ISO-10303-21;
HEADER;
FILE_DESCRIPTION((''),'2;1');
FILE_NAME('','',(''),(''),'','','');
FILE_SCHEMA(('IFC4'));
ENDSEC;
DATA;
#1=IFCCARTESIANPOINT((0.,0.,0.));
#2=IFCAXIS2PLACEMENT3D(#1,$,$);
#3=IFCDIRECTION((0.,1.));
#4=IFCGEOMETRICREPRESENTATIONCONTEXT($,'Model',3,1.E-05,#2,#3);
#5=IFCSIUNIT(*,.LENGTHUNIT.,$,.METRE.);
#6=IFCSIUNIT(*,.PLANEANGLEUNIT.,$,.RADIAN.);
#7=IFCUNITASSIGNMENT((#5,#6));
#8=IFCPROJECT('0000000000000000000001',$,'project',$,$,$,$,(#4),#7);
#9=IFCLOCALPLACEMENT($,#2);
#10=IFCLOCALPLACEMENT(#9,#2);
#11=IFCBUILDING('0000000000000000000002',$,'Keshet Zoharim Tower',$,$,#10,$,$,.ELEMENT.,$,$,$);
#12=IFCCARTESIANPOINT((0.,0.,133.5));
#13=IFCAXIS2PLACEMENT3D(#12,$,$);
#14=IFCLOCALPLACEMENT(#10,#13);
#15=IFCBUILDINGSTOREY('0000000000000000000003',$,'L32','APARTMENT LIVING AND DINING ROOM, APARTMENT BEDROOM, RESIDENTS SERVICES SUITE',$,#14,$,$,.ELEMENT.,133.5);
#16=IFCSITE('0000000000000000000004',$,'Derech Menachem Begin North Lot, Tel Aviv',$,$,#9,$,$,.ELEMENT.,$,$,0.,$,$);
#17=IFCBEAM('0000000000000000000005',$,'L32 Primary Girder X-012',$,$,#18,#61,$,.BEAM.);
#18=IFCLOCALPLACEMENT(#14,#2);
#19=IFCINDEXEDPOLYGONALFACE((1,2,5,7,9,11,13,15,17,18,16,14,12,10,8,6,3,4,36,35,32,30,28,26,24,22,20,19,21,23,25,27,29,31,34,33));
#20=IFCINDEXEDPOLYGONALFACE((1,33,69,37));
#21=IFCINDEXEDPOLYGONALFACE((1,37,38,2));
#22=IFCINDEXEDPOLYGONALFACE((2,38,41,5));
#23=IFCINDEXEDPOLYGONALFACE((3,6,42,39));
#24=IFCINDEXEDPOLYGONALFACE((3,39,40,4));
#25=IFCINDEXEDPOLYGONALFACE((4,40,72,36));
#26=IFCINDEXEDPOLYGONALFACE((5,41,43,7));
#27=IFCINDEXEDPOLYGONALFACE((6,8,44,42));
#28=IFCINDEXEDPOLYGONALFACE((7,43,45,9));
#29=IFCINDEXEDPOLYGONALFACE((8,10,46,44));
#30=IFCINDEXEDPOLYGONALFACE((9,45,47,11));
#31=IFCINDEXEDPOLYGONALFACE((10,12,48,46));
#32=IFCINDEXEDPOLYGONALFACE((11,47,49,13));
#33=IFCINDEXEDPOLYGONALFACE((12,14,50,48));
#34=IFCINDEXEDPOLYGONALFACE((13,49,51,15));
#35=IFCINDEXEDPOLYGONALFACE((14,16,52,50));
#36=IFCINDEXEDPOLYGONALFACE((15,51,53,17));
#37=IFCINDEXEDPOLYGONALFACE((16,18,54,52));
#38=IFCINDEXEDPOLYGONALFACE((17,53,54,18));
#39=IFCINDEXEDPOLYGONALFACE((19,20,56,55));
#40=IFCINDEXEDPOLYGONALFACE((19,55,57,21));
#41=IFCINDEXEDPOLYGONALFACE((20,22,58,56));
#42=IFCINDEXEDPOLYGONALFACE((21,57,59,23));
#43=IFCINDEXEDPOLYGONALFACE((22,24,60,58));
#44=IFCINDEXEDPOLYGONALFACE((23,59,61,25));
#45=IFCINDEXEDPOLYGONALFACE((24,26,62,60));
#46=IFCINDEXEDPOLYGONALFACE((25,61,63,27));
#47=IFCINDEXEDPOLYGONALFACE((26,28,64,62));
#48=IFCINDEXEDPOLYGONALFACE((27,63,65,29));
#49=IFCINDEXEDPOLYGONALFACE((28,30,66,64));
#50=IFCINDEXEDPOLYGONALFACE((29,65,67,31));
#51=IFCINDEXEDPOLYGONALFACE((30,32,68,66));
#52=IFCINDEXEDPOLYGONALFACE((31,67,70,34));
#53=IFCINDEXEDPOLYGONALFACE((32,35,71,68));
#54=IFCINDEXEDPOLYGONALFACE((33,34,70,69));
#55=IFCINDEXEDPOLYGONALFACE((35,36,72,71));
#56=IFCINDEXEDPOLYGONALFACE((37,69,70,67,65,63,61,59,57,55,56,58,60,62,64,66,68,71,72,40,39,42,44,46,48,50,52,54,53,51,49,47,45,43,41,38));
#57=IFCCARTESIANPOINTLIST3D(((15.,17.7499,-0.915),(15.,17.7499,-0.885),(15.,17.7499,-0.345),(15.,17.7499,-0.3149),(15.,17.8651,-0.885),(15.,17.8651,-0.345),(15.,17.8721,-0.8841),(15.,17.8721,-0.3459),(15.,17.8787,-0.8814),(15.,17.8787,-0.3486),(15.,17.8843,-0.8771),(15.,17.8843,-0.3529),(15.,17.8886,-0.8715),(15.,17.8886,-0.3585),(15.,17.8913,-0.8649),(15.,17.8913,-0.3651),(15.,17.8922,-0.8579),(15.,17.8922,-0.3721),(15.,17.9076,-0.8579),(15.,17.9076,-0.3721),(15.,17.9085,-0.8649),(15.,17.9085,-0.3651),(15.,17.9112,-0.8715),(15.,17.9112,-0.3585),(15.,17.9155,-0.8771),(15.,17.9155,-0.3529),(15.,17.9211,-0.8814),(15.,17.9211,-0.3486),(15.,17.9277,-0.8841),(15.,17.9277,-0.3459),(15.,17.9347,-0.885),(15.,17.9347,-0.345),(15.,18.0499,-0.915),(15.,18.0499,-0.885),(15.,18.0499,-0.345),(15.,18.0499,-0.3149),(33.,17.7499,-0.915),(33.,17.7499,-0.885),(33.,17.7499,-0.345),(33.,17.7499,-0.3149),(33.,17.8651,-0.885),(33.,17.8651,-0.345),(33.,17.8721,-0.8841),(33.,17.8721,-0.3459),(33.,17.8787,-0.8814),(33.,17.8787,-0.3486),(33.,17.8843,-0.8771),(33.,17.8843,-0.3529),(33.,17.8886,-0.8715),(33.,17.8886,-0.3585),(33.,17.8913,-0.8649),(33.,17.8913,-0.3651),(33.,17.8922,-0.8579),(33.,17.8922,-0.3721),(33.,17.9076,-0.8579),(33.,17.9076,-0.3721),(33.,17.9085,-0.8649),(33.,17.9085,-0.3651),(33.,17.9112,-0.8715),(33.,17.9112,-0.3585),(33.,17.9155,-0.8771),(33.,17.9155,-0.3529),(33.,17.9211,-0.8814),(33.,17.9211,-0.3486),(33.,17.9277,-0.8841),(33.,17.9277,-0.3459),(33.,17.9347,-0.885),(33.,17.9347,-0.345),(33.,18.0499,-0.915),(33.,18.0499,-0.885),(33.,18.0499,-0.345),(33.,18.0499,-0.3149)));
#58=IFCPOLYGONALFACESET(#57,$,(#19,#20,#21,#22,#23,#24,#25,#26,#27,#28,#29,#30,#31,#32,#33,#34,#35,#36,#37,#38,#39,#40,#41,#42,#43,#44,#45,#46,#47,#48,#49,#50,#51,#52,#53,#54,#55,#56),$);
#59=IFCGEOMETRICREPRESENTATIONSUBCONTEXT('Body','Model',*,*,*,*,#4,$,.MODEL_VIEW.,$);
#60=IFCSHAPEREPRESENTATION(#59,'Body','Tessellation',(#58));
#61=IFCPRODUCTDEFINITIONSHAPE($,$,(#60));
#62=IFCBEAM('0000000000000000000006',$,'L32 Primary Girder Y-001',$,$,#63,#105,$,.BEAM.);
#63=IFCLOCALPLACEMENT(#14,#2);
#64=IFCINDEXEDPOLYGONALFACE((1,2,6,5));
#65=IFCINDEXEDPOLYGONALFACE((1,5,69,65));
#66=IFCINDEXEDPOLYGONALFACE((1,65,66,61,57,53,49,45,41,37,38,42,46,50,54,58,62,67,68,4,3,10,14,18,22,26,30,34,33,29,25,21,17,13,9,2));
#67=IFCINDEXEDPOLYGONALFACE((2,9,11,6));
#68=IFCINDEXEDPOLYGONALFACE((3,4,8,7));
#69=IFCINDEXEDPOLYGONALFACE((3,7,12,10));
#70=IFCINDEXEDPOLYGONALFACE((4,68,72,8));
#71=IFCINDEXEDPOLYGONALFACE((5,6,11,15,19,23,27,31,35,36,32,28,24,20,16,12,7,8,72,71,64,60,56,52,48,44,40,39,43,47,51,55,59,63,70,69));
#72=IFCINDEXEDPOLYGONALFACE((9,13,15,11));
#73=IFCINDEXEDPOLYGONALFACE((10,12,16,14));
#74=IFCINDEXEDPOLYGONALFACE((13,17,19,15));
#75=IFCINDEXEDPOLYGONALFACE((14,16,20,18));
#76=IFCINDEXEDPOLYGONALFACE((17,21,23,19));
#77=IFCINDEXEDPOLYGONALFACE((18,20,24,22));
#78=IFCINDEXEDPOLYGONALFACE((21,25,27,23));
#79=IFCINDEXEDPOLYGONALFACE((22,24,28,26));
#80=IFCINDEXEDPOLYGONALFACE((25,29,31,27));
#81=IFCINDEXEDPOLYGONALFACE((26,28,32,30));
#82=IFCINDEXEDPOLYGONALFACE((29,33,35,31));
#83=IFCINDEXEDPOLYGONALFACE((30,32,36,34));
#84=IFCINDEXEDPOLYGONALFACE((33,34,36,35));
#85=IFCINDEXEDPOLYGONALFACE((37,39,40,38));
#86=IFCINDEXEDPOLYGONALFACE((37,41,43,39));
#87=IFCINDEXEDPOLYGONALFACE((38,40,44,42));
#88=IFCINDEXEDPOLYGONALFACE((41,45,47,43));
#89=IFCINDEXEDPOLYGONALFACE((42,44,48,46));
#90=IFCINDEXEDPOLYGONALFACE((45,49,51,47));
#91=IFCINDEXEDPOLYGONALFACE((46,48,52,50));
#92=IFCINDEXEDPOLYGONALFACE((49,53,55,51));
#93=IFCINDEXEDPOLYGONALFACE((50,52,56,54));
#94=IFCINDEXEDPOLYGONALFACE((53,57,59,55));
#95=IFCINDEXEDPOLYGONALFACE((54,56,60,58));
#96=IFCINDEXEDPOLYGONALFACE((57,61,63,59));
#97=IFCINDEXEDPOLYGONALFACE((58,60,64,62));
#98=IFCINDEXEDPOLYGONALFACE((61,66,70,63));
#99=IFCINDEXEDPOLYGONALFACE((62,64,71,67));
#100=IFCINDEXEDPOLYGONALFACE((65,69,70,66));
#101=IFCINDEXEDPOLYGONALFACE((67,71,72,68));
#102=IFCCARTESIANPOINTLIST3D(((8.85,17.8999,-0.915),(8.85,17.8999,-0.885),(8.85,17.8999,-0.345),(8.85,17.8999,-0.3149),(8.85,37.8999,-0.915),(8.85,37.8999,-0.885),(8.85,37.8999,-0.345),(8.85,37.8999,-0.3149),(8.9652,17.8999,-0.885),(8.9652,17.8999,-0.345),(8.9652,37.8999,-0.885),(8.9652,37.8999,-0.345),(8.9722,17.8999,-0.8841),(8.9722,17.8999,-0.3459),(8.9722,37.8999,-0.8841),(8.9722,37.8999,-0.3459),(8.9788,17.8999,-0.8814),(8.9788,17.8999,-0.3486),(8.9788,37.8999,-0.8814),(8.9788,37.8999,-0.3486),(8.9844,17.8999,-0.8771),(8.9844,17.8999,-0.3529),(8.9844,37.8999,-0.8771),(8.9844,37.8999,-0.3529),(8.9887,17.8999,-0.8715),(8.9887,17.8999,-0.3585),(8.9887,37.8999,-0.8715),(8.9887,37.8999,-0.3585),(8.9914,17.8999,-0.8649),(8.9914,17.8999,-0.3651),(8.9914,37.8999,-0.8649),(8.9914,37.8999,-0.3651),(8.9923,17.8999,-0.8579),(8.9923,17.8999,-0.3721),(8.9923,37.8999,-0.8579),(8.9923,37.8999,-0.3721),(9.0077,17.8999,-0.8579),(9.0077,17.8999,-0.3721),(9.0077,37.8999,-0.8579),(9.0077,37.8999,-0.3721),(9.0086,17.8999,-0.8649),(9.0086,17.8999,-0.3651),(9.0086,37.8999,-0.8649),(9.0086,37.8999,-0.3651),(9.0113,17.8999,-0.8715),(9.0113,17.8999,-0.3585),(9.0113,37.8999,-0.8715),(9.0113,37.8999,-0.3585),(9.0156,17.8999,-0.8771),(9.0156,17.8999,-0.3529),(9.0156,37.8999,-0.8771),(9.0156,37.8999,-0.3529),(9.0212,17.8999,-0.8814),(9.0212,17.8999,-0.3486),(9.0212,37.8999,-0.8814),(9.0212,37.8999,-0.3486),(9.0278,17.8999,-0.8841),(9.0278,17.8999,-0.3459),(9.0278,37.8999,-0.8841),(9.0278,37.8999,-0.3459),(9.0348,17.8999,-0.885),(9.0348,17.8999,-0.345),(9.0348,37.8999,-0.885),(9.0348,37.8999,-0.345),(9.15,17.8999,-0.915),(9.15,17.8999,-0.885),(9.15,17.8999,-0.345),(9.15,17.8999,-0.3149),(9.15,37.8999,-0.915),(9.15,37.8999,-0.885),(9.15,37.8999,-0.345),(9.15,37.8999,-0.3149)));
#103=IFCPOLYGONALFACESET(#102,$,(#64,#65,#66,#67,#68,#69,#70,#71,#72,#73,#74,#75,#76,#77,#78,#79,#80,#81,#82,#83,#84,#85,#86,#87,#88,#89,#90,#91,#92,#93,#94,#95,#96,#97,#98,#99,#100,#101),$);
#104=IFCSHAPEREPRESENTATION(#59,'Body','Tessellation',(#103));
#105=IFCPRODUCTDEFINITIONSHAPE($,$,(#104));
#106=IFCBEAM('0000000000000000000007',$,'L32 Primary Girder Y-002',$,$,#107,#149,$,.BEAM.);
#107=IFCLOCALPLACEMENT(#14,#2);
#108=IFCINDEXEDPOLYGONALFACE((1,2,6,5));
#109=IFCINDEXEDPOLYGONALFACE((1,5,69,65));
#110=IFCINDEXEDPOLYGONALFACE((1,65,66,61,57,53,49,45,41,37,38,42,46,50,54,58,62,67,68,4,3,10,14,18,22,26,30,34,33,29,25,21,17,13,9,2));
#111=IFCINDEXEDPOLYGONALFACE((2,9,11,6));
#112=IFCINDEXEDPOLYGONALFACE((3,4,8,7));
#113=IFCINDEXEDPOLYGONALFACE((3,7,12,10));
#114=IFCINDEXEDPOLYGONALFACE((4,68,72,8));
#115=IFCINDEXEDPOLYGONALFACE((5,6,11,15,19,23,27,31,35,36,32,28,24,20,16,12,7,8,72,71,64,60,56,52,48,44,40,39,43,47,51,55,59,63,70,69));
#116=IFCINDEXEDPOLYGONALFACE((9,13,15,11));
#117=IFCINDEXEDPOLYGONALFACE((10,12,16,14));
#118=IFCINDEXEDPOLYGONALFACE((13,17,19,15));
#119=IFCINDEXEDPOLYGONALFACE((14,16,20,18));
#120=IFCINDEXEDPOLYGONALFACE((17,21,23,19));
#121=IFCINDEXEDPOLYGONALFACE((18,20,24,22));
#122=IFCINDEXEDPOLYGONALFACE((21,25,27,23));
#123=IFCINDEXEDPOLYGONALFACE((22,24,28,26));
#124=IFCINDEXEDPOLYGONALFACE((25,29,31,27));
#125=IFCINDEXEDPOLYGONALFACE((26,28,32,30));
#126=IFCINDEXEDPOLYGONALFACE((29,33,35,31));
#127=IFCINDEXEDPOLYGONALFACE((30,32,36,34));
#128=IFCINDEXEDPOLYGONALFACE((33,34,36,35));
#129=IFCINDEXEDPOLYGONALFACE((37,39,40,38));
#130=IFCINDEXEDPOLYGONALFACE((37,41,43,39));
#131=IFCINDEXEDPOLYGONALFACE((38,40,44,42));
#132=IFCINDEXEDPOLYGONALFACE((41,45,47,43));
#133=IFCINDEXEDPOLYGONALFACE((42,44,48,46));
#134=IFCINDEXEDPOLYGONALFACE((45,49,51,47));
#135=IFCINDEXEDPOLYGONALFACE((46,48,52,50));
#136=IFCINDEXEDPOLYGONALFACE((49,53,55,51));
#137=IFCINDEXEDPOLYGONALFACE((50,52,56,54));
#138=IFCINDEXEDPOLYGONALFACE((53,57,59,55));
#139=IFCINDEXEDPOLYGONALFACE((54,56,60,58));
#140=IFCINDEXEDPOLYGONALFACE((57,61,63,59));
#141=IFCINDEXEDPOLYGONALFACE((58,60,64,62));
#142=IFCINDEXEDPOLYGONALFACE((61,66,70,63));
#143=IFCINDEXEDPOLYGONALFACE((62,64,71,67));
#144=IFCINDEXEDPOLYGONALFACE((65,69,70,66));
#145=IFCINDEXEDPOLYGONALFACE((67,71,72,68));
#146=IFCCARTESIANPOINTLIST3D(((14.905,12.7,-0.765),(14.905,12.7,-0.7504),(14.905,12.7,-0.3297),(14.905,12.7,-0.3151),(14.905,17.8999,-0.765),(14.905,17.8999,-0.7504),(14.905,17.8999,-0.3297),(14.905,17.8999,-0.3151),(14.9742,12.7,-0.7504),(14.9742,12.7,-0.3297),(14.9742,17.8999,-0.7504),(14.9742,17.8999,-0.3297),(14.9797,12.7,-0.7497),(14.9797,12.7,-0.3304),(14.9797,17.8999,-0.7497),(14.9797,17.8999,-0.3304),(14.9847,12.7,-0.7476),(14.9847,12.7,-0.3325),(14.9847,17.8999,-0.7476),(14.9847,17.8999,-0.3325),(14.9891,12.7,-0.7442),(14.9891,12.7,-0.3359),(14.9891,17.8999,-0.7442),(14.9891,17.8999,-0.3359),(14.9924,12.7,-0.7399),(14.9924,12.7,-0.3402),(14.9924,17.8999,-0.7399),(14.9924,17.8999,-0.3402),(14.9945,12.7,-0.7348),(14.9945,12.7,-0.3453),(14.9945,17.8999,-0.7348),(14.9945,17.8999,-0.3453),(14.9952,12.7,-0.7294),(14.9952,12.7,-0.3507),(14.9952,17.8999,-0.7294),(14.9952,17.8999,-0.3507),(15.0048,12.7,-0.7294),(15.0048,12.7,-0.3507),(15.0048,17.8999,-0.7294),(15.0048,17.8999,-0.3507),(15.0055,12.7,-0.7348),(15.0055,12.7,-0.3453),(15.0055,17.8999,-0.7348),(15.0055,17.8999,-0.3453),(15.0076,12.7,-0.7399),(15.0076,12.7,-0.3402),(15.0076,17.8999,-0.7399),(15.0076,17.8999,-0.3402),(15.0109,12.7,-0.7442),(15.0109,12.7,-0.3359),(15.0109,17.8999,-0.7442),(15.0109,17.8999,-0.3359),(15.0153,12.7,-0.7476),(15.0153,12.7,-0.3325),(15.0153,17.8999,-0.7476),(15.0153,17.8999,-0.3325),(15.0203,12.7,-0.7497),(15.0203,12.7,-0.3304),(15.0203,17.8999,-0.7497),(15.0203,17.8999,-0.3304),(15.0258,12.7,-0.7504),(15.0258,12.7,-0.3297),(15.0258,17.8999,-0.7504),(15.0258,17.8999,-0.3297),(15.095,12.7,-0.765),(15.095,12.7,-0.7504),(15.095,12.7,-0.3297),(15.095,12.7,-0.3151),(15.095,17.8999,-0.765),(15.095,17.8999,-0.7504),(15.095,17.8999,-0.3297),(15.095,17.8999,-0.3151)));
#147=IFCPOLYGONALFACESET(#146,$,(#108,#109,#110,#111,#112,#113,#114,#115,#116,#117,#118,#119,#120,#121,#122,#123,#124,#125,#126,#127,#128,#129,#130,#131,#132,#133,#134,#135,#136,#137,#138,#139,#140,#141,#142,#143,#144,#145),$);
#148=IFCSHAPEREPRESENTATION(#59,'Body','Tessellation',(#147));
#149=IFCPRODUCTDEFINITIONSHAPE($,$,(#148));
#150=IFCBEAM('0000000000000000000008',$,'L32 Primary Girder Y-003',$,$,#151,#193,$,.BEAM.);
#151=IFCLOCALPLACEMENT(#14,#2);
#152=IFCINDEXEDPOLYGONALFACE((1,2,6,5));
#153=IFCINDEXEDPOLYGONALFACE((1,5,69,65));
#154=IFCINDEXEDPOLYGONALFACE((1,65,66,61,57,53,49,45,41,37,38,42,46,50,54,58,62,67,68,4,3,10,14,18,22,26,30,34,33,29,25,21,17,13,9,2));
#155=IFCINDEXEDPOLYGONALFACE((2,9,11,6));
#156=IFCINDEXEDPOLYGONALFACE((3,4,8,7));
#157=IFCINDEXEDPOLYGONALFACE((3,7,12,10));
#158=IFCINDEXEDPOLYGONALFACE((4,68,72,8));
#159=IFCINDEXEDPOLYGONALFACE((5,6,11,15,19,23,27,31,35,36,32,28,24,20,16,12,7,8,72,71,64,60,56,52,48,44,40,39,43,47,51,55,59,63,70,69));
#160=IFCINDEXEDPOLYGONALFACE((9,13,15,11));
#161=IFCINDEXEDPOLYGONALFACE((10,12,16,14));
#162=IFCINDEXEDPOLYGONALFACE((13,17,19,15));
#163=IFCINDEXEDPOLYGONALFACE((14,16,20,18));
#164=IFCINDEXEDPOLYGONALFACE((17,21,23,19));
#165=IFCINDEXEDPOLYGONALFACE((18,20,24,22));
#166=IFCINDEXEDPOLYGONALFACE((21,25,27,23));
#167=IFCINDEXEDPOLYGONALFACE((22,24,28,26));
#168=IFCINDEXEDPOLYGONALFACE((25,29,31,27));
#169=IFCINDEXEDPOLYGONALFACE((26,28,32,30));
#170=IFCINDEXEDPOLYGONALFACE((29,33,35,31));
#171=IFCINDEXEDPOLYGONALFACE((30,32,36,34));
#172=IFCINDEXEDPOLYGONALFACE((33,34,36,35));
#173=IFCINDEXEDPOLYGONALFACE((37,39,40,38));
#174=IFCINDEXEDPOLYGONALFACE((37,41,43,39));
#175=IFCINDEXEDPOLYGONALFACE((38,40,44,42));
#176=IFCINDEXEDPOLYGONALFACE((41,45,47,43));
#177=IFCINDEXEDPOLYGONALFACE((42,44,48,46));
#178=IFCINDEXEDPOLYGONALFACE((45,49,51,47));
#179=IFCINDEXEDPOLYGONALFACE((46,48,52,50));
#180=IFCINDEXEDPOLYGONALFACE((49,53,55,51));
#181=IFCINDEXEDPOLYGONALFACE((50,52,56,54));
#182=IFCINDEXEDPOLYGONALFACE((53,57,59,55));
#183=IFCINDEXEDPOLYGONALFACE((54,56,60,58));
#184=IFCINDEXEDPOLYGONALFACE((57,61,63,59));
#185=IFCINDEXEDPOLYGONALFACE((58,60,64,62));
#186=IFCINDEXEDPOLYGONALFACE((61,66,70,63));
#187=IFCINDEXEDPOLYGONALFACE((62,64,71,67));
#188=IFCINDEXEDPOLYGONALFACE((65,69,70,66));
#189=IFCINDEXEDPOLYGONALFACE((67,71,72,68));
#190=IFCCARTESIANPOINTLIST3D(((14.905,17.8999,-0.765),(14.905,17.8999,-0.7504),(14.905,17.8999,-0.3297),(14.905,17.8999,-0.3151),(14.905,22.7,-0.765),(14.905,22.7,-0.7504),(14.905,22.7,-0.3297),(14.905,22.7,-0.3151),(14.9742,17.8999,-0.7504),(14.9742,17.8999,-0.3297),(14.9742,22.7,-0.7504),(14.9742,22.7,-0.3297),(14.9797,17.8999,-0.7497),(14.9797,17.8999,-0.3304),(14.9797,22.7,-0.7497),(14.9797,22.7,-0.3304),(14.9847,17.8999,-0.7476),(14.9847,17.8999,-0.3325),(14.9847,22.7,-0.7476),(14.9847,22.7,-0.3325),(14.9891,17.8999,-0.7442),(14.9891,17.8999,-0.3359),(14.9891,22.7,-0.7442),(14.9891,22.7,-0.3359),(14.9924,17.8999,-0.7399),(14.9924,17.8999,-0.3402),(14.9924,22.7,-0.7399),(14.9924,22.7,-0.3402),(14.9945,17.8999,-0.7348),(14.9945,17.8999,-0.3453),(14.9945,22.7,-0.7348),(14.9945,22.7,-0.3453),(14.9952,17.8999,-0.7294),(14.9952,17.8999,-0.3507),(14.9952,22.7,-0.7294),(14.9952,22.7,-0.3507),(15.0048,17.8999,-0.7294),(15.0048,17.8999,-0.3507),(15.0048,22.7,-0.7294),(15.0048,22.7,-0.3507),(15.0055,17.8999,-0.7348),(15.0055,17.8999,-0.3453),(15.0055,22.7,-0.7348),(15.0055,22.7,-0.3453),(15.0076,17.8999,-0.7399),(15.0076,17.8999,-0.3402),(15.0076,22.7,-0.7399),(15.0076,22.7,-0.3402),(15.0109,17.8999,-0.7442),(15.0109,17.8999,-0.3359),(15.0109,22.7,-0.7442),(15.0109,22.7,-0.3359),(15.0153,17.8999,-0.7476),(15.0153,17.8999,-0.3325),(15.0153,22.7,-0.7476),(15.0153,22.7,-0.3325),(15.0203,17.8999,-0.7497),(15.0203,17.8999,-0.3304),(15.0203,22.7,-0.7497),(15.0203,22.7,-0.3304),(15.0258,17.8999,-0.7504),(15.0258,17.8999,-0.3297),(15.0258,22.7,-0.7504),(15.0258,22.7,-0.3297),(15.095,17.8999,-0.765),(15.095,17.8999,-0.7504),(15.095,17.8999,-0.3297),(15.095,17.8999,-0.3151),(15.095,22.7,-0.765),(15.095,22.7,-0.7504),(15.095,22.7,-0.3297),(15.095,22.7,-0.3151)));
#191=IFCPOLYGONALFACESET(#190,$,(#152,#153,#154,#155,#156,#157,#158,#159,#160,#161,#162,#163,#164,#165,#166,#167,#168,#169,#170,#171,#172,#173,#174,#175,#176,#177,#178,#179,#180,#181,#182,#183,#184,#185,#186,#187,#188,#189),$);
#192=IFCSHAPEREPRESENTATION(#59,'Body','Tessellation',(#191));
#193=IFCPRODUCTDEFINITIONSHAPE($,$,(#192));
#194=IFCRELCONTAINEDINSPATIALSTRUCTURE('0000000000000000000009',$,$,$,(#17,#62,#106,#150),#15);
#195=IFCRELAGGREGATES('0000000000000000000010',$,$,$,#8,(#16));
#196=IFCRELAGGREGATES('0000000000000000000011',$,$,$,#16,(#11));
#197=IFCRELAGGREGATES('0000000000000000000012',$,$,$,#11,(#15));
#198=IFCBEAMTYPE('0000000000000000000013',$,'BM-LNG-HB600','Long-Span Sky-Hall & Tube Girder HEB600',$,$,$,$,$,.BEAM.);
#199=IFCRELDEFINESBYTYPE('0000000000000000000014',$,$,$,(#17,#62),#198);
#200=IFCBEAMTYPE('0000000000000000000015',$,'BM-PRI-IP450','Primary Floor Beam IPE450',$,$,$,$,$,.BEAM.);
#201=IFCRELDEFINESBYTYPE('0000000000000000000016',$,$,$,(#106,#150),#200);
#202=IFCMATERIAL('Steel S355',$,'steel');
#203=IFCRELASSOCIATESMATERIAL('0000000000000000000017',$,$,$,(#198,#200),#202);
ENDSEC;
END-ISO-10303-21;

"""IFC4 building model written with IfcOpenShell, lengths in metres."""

from ifc_helpers import new_model, si_unit, direction, frame, origin, origin_2d, place, context, subcontext, project, spatial, i_section, extrude, material, material_profile, profile_set, type_object, element, save


model = new_model("IFC4")

# Units and contexts
model_context = context("Model", 3, precision=1e-05, world=origin(), true_north=direction((0.0, 1.0)))
body_context = subcontext(model_context, "Body", "Model", "MODEL_VIEW")
ifc_project = project(units=[si_unit("LENGTHUNIT", "METRE"), si_unit("PLANEANGLEUNIT", "RADIAN")], contexts=[model_context])

# Site, building, storey
site_placement = place(None, origin())
site = spatial("IfcSite", under=ifc_project, at=site_placement, Name="Derech Menachem Begin North Lot, Tel Aviv", CompositionType="ELEMENT", RefElevation=0.0)
building_placement = place(site_placement, origin())
building = spatial("IfcBuilding", under=site, at=building_placement, Name="Keshet Zoharim Tower", CompositionType="ELEMENT")
storey_placement = place(building_placement, frame((0.0, 0.0, 133.5)))
storey = spatial("IfcBuildingStorey", under=building, at=storey_placement, Name="L32", Description="APARTMENT LIVING AND DINING ROOM, APARTMENT BEDROOM, RESIDENTS SERVICES SUITE", CompositionType="ELEMENT", Elevation=133.5)

# Shared definitions
ifc_material_1 = material(Name="Steel S355", Category="steel")

# Beams
ifc_material_profile_1 = material_profile(ifc_material_1, i_section(OverallWidth=0.3, OverallDepth=0.6001, WebThickness=0.0154, FlangeThickness=0.03, FilletRadius=0.0271, at=origin_2d()), Name="HEB600")
ifc_profile_set_1 = profile_set([ifc_material_profile_1], Name="Steel S355")
beam_type_1 = type_object("IfcBeamType", Name="BM-LNG-HB600", Description="Long-Span Sky-Hall & Tube Girder HEB600", PredefinedType="BEAM", material=ifc_profile_set_1)
for number, where, z_axis, x_axis, name in (
    (1, (15.0, 17.8999, -0.615), (1.0, 0.0, 0.0), (0.0, 1.0, 0.0), "L32 Primary Girder X-012"),
):
    element("IfcBeam", number, at=place(storey_placement, frame(where, z_axis=z_axis, x_axis=x_axis)), inside=storey, type_object=beam_type_1, Name=name, PredefinedType="BEAM", context=body_context, shape_type="SweptSolid", body=[
        extrude(i_section(OverallWidth=0.3, OverallDepth=0.6001, WebThickness=0.0154, FlangeThickness=0.03, FilletRadius=0.0271, at=origin_2d()), origin(), (0.0, 0.0, 1.0), 18.0),
    ])
beam_1_placement = place(storey_placement, frame((9.0, 17.8999, -0.615), z_axis=(0.0, 1.0, 0.0), x_axis=(-1.0, 0.0, 0.0)))
element("IfcBeam", 2, at=beam_1_placement, inside=storey, type_object=beam_type_1, Name="L32 Primary Girder Y-001", PredefinedType="BEAM", context=body_context, shape_type="SweptSolid", body=[
    extrude(i_section(OverallWidth=0.3, OverallDepth=0.6001, WebThickness=0.0154, FlangeThickness=0.03, FilletRadius=0.0271, at=origin_2d()), origin(), (0.0, 0.0, 1.0), 20.0),
])
ifc_material_profile_2 = material_profile(ifc_material_1, i_section(OverallWidth=0.1899, OverallDepth=0.45, WebThickness=0.0095, FlangeThickness=0.0146, FilletRadius=0.021, at=origin_2d()), Name="IPE450")
ifc_profile_set_2 = profile_set([ifc_material_profile_2], Name="Steel S355")
beam_type_2 = type_object("IfcBeamType", Name="BM-PRI-IP450", Description="Primary Floor Beam IPE450", PredefinedType="BEAM", material=ifc_profile_set_2)
beam_2_placement = place(storey_placement, frame((15.0, 12.7, -0.54), z_axis=(0.0, 1.0, 0.0), x_axis=(-1.0, 0.0, 0.0)))
element("IfcBeam", 3, at=beam_2_placement, inside=storey, type_object=beam_type_2, Name="L32 Primary Girder Y-002", PredefinedType="BEAM", context=body_context, shape_type="SweptSolid", body=[
    extrude(i_section(OverallWidth=0.1899, OverallDepth=0.45, WebThickness=0.0095, FlangeThickness=0.0146, FilletRadius=0.021, at=origin_2d()), origin(), (0.0, 0.0, 1.0), 5.2),
])
beam_3_placement = place(storey_placement, frame((15.0, 17.8999, -0.54), z_axis=(0.0, 1.0, 0.0), x_axis=(-1.0, 0.0, 0.0)))
element("IfcBeam", 4, at=beam_3_placement, inside=storey, type_object=beam_type_2, Name="L32 Primary Girder Y-003", PredefinedType="BEAM", context=body_context, shape_type="SweptSolid", body=[
    extrude(i_section(OverallWidth=0.1899, OverallDepth=0.45, WebThickness=0.0095, FlangeThickness=0.0146, FilletRadius=0.021, at=origin_2d()), origin(), (0.0, 0.0, 1.0), 4.8),
])

save(model, "model.ifc")
